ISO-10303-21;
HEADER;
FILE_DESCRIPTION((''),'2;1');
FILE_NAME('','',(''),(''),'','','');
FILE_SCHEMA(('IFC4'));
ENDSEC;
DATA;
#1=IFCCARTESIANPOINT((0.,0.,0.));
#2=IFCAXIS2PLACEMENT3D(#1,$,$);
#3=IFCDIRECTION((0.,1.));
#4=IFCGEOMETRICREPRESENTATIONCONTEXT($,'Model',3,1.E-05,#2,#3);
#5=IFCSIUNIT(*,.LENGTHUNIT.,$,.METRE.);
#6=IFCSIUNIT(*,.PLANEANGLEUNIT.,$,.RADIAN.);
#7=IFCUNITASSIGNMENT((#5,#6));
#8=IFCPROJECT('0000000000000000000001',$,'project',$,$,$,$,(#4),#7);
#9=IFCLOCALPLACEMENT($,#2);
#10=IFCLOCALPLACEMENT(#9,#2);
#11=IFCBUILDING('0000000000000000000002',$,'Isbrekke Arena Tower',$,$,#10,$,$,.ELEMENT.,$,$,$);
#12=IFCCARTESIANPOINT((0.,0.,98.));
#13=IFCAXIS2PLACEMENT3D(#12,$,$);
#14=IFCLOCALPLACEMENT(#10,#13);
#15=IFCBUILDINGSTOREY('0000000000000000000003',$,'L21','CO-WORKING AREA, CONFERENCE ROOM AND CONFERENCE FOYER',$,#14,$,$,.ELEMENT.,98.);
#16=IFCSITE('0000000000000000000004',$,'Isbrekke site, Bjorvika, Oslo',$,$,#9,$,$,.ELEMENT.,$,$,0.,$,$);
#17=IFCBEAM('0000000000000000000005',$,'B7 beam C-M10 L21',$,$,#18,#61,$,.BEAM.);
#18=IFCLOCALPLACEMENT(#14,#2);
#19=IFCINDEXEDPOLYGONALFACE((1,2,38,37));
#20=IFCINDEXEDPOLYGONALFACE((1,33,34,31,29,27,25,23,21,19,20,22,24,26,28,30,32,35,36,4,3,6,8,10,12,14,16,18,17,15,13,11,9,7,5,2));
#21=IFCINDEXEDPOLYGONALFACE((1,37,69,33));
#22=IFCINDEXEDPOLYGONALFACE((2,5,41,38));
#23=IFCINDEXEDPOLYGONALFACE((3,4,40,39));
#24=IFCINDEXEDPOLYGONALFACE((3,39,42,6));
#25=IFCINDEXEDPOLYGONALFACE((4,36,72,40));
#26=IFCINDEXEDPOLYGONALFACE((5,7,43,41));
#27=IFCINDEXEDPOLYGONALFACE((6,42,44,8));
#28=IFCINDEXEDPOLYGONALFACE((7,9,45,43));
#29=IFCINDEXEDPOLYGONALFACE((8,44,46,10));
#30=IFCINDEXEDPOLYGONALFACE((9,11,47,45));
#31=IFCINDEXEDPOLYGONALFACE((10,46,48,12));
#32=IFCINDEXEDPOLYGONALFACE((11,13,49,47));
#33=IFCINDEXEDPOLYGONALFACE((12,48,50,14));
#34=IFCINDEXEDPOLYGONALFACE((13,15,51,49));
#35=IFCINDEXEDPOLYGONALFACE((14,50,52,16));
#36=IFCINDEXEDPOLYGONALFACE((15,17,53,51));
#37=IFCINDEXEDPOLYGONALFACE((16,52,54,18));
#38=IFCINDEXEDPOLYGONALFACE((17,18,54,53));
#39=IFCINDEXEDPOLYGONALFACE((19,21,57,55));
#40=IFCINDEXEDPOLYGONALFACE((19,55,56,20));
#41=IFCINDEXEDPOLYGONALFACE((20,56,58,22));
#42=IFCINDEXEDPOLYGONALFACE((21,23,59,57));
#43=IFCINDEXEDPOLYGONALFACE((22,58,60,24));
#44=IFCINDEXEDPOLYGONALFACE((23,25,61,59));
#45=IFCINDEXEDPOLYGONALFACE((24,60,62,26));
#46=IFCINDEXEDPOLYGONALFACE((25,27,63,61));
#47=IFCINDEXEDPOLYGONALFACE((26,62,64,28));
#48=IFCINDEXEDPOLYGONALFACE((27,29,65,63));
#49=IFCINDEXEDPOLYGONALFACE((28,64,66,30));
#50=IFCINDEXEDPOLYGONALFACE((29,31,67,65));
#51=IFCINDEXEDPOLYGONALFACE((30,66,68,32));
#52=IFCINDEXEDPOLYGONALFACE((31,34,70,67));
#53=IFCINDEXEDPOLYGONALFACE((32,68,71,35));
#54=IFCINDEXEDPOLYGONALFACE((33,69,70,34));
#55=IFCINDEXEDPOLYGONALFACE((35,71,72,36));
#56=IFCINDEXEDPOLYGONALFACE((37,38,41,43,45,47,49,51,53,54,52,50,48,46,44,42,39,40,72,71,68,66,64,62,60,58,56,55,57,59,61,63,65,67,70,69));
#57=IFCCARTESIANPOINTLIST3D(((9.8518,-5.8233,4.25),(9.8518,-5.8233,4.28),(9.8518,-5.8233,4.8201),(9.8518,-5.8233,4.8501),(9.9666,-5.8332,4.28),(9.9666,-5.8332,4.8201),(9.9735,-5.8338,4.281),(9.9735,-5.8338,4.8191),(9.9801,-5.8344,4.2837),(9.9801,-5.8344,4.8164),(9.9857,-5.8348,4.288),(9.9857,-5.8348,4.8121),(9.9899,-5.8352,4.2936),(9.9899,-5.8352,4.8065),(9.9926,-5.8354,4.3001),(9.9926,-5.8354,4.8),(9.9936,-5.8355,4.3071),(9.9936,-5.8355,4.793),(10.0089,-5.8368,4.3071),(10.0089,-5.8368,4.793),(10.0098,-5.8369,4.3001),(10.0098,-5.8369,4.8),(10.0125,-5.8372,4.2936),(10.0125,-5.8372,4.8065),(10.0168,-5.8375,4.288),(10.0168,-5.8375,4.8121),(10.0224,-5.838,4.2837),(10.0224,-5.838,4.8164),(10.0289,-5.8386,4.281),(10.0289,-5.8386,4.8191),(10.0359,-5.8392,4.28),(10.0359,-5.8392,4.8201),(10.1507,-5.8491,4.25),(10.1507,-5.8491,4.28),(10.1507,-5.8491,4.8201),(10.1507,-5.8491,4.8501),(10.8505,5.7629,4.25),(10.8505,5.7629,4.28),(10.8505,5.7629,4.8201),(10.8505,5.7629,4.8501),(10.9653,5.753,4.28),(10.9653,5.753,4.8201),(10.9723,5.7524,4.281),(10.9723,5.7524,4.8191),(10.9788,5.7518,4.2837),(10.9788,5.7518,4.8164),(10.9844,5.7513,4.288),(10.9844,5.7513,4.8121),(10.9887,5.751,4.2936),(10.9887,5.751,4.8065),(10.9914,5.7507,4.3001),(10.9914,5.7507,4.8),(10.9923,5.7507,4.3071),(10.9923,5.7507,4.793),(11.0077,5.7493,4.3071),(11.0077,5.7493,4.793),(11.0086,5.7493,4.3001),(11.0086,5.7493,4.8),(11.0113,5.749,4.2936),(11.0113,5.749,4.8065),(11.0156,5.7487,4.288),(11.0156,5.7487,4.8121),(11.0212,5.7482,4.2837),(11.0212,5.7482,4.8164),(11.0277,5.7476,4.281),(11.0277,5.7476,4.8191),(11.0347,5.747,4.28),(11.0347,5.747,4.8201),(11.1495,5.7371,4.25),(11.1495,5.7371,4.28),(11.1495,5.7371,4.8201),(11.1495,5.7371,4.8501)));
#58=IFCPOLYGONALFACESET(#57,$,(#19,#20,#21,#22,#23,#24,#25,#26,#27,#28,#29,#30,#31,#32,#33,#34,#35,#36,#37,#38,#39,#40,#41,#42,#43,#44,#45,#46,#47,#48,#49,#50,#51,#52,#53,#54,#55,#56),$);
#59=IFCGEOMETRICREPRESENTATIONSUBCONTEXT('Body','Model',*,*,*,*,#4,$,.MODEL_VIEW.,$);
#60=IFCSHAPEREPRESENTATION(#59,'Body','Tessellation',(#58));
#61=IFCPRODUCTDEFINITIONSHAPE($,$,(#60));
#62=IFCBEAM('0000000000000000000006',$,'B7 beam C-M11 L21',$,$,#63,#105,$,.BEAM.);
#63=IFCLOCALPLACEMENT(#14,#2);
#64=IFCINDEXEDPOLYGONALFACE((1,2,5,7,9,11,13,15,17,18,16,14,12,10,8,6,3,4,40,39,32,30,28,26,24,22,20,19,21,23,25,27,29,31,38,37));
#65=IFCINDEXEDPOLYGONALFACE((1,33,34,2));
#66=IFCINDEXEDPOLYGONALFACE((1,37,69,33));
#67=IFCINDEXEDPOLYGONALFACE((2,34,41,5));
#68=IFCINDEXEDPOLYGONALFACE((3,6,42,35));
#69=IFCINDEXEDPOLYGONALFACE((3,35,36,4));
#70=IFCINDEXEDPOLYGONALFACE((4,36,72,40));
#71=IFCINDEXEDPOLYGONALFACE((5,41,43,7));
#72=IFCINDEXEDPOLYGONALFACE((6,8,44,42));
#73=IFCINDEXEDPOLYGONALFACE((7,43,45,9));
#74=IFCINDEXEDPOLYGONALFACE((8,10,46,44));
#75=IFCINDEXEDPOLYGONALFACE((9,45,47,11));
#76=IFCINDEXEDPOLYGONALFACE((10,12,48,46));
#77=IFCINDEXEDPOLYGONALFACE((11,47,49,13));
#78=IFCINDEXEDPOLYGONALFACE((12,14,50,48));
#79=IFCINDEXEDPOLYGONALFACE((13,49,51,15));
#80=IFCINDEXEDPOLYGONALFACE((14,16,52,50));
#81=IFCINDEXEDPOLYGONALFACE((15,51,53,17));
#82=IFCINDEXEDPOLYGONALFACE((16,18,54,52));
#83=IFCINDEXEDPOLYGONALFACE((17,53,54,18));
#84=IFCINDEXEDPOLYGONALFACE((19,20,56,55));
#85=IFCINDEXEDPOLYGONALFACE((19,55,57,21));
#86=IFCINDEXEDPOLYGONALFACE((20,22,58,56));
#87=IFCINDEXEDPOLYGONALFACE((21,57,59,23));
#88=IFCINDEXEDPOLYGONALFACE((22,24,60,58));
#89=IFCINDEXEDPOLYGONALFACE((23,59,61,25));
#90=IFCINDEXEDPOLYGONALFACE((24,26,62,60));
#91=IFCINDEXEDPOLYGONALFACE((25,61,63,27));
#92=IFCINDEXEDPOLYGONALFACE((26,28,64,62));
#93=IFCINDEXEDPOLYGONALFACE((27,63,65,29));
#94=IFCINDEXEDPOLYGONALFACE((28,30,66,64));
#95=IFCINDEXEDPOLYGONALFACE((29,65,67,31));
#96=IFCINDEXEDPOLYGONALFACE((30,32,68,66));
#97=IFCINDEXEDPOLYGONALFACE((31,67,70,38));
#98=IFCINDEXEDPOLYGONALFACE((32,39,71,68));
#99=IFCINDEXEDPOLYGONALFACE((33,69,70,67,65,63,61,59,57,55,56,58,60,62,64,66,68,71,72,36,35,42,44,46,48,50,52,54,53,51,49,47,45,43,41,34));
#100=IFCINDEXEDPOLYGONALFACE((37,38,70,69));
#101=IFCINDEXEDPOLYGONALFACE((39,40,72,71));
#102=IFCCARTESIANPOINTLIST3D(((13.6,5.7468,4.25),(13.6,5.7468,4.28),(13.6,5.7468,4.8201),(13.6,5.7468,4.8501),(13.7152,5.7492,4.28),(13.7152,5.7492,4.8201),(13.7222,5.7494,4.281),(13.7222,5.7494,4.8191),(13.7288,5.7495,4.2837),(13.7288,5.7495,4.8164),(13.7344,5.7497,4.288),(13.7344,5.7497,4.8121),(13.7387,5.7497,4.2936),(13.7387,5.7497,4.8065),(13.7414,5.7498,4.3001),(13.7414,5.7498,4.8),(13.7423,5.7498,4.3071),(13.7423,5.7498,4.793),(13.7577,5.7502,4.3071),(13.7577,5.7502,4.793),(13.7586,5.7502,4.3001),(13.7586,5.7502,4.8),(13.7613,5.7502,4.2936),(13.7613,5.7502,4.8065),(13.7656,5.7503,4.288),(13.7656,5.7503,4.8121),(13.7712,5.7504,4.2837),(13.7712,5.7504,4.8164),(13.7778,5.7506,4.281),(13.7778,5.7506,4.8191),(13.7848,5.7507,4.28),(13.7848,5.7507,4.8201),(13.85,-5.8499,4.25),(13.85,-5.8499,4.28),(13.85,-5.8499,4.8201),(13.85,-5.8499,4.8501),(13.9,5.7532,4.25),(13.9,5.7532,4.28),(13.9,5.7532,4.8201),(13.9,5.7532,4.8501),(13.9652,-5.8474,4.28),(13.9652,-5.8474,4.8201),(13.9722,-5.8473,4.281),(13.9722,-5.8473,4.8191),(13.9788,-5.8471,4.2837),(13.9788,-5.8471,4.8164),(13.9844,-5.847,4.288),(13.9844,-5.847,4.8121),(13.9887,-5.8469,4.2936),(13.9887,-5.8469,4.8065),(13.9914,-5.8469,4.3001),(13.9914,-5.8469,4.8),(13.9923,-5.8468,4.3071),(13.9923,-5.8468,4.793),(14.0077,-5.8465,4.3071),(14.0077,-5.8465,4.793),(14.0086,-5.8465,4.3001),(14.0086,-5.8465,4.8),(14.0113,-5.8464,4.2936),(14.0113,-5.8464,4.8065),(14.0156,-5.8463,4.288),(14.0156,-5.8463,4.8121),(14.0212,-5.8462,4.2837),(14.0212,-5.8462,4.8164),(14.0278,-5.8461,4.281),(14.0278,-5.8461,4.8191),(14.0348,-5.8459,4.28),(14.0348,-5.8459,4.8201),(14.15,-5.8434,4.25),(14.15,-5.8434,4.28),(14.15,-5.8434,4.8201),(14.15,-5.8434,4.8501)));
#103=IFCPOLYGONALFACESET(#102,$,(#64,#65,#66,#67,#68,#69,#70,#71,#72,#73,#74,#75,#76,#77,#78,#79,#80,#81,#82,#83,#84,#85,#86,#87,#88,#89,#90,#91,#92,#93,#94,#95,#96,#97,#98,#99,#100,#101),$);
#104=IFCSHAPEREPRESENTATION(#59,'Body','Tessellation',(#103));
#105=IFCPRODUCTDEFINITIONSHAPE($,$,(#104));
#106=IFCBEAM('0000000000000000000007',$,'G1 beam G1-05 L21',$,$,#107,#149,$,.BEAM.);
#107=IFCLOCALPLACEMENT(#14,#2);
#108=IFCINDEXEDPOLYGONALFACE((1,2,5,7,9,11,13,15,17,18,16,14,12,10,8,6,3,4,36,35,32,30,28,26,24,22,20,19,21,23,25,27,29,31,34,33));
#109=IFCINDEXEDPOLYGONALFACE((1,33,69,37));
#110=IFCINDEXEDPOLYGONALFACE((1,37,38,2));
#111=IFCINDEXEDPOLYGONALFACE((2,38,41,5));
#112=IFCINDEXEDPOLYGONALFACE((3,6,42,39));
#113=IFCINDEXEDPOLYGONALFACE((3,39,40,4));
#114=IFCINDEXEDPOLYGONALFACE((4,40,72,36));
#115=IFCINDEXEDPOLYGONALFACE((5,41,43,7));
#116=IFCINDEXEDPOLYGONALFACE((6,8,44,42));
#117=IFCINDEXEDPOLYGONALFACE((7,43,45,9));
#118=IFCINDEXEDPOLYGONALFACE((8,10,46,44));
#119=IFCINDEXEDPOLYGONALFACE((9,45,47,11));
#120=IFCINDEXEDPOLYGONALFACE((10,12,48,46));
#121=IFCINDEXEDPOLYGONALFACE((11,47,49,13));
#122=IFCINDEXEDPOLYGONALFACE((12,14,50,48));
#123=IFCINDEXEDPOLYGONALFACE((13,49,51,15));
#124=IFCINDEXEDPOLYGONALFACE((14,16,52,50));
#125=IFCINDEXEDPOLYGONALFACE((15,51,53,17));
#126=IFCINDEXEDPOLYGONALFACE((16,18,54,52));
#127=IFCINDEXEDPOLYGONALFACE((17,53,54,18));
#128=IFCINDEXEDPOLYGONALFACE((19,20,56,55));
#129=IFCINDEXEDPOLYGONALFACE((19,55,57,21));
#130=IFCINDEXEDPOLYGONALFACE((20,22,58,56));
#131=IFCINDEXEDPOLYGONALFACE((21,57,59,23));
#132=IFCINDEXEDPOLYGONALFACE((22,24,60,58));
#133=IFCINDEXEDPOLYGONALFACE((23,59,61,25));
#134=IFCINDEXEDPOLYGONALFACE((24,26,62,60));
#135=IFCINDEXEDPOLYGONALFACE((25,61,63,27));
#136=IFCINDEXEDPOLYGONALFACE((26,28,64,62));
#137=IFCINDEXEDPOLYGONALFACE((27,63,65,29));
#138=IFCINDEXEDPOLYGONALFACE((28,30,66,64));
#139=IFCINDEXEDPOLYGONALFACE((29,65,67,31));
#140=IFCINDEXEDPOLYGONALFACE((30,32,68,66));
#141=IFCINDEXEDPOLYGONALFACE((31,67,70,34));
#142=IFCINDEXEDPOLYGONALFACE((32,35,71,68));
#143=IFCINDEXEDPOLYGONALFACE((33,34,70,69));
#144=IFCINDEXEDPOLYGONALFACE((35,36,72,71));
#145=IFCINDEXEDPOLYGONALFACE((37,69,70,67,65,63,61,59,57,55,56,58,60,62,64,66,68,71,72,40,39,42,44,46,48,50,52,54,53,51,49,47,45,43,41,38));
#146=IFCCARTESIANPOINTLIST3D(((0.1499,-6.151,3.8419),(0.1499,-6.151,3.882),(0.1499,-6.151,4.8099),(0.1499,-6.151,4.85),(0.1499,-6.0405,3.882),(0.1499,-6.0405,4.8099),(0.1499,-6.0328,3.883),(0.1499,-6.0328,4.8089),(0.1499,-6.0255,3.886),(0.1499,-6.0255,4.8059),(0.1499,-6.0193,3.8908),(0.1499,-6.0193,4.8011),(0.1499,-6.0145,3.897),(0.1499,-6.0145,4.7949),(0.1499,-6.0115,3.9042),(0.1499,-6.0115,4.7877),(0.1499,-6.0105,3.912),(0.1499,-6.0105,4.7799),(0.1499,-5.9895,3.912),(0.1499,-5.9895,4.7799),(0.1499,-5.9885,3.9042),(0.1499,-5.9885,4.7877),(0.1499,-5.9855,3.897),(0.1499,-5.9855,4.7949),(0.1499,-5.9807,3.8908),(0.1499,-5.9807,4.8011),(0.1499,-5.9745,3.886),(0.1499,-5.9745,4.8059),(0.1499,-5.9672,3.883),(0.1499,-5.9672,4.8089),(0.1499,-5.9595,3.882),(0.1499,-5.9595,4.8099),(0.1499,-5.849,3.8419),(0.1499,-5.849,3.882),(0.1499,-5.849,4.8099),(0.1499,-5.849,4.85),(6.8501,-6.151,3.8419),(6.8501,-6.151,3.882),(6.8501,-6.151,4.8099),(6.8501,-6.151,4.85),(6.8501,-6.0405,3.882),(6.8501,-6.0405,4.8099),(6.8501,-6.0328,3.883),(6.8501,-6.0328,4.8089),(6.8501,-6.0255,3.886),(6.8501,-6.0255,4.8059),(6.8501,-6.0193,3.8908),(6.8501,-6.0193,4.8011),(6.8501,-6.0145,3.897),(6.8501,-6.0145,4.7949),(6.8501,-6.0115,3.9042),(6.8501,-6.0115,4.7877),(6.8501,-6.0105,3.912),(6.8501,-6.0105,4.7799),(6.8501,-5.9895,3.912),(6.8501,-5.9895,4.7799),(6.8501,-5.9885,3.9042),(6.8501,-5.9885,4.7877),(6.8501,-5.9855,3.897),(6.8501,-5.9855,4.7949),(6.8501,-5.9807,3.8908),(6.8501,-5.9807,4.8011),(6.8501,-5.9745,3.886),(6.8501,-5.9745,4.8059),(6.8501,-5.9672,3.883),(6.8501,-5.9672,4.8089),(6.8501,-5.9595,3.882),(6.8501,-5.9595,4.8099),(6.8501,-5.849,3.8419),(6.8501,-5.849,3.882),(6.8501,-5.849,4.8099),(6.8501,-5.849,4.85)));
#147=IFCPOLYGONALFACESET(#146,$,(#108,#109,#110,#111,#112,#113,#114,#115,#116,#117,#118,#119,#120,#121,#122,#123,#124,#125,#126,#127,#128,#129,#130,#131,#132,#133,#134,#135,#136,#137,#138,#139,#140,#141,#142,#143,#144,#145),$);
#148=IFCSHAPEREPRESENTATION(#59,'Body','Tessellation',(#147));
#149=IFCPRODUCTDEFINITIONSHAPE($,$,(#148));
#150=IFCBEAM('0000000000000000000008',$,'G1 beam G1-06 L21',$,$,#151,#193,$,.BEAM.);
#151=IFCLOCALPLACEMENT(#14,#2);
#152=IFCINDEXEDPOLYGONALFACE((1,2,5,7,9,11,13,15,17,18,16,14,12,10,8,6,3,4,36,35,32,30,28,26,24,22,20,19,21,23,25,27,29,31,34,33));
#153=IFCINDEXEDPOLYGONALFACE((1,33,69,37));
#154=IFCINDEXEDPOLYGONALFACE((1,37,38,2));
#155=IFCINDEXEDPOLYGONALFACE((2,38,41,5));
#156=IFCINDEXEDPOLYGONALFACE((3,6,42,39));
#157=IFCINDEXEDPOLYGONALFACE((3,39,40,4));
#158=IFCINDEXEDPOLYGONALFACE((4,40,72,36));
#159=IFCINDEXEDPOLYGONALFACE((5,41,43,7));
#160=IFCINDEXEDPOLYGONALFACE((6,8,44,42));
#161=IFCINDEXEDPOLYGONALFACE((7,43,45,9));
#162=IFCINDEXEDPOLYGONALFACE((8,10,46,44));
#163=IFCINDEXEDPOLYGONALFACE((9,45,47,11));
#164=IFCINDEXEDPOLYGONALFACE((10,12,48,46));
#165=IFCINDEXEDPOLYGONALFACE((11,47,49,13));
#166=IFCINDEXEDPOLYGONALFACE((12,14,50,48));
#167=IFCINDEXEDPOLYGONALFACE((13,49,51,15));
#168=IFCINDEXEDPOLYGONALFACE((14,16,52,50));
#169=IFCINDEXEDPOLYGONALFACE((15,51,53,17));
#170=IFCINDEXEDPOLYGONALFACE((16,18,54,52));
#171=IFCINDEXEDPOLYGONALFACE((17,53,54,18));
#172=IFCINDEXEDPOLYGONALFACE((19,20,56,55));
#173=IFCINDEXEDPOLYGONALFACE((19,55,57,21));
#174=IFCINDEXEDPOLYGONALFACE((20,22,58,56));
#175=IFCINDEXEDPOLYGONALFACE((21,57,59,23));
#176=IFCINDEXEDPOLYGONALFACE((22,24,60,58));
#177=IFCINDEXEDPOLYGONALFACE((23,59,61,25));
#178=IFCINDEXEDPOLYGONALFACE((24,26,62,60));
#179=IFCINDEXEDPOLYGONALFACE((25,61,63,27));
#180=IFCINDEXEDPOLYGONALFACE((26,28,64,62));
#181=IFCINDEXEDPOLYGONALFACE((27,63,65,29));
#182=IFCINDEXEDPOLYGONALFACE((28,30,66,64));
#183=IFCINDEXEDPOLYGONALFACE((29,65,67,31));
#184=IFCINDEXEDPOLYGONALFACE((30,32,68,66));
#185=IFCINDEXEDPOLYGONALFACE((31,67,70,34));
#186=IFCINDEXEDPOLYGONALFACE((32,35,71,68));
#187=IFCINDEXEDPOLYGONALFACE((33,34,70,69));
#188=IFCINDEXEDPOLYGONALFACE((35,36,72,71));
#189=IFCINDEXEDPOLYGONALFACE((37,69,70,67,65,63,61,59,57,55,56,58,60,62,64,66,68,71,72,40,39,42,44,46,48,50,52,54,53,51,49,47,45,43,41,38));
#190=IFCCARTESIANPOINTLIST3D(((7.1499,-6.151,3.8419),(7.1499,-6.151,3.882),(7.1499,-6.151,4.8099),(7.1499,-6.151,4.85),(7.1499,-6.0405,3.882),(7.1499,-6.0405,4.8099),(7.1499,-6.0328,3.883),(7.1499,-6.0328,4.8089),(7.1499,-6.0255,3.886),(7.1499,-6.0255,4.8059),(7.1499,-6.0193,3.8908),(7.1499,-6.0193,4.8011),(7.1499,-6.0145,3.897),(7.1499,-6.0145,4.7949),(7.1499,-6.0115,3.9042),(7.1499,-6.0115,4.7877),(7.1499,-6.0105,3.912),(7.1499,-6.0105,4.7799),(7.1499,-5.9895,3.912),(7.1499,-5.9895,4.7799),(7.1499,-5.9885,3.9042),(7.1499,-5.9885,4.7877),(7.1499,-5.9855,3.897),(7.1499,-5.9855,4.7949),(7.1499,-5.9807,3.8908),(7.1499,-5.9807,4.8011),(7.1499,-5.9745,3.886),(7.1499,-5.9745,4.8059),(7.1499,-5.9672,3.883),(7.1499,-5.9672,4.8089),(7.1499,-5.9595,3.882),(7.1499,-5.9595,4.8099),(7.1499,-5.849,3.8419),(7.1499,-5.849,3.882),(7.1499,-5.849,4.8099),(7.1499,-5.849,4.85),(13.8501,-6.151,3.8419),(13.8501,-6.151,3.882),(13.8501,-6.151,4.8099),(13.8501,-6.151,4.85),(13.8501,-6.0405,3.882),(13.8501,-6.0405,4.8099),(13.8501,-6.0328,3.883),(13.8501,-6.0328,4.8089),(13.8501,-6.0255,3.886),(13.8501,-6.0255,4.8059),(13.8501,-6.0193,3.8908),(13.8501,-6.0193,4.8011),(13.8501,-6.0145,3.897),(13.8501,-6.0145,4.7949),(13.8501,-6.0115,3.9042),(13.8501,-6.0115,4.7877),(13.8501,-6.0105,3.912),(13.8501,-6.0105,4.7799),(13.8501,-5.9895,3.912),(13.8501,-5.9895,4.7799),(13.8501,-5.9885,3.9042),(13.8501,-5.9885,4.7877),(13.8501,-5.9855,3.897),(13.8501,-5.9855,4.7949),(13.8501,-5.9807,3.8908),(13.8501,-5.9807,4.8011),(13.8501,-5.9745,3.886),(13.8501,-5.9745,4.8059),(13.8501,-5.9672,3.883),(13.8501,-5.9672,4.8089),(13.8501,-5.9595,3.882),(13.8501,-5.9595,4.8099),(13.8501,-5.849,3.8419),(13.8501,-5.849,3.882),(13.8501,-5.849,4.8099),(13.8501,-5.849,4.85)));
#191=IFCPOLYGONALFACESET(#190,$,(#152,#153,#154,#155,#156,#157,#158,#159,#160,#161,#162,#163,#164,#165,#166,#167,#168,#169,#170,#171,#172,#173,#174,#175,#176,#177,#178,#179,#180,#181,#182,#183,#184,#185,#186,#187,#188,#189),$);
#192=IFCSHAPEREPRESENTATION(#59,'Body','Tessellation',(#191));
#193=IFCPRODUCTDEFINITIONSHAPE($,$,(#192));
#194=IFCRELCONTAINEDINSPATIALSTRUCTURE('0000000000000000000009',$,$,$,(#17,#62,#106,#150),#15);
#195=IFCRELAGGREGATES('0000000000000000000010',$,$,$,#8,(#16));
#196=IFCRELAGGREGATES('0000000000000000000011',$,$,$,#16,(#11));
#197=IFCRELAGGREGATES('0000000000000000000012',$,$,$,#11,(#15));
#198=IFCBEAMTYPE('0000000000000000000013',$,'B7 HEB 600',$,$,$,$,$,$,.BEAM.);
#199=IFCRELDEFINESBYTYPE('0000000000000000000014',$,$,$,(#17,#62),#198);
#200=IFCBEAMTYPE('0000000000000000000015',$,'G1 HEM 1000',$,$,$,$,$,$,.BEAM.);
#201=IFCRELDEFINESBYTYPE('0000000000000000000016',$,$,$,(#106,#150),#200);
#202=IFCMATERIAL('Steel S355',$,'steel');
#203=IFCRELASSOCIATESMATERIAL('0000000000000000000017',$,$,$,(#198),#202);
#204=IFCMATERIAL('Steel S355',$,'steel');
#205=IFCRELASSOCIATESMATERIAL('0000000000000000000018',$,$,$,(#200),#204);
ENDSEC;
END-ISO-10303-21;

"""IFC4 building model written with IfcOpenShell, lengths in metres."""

from ifc_helpers import new_model, si_unit, direction, frame, origin, origin_2d, place, context, subcontext, project, spatial, i_section, extrude, material, material_profile, profile_set, type_object, element, save


model = new_model("IFC4")

# Units and contexts
model_context = context("Model", 3, precision=1e-05, world=origin(), true_north=direction((0.0, 1.0)))
body_context = subcontext(model_context, "Body", "Model", "MODEL_VIEW")
ifc_project = project(units=[si_unit("LENGTHUNIT", "METRE"), si_unit("PLANEANGLEUNIT", "RADIAN")], contexts=[model_context])

# Site, building, storey
site_placement = place(None, origin())
site = spatial("IfcSite", under=ifc_project, at=site_placement, Name="Isbrekke site, Bjorvika, Oslo", CompositionType="ELEMENT", RefElevation=0.0)
building_placement = place(site_placement, origin())
building = spatial("IfcBuilding", under=site, at=building_placement, Name="Isbrekke Arena Tower", CompositionType="ELEMENT")
storey_placement = place(building_placement, frame((0.0, 0.0, 98.0)))
storey = spatial("IfcBuildingStorey", under=building, at=storey_placement, Name="L21", Description="CO-WORKING AREA, CONFERENCE ROOM AND CONFERENCE FOYER", CompositionType="ELEMENT", Elevation=98.0)

# Beams
ifc_material_1 = material(Name="Steel S355", Category="steel")
ifc_material_profile_1 = material_profile(ifc_material_1, i_section(OverallWidth=0.3, OverallDepth=0.6001, WebThickness=0.0154, FlangeThickness=0.03, FilletRadius=0.0271, at=origin_2d()), Name="HEB 600")
ifc_profile_set_1 = profile_set([ifc_material_profile_1], Name="Steel S355")
beam_type_1 = type_object("IfcBeamType", Name="B7 HEB 600", PredefinedType="BEAM", material=ifc_profile_set_1)
beam_1_placement = place(storey_placement, frame((10.0012, -5.8362, 4.55), z_axis=(0.085886, 0.996305, 0.0), x_axis=(-0.996305, 0.085886, 0.0)))
element("IfcBeam", 1, at=beam_1_placement, inside=storey, type_object=beam_type_1, Name="B7 beam C-M10 L21", PredefinedType="BEAM", context=body_context, shape_type="SweptSolid", body=[
    extrude(i_section(OverallWidth=0.3, OverallDepth=0.6001, WebThickness=0.0154, FlangeThickness=0.03, FilletRadius=0.0271, at=origin_2d()), origin(), (0.0, 0.0, 1.0), 11.6292),
])
beam_2_placement = place(storey_placement, frame((14.0, -5.8467, 4.55), z_axis=(-0.021553, 0.999768, 0.0), x_axis=(-0.999768, -0.021553, 0.0)))
element("IfcBeam", 2, at=beam_2_placement, inside=storey, type_object=beam_type_1, Name="B7 beam C-M11 L21", PredefinedType="BEAM", context=body_context, shape_type="SweptSolid", body=[
    extrude(i_section(OverallWidth=0.3, OverallDepth=0.6001, WebThickness=0.0154, FlangeThickness=0.03, FilletRadius=0.0271, at=origin_2d()), origin(), (0.0, 0.0, 1.0), 11.5994),
])
ifc_material_2 = material(Name="Steel S355", Category="steel")
ifc_material_profile_2 = material_profile(ifc_material_2, i_section(OverallWidth=0.302, OverallDepth=1.0081, WebThickness=0.021, FlangeThickness=0.04, FilletRadius=0.03, at=origin_2d()), Name="HEM 1000")
ifc_profile_set_2 = profile_set([ifc_material_profile_2], Name="Steel S355")
beam_type_2 = type_object("IfcBeamType", Name="G1 HEM 1000", PredefinedType="BEAM", material=ifc_profile_set_2)
for number, where, z_axis, x_axis, name in (
    (3, (0.1499, -6.0, 4.3459), (1.0, 0.0, 0.0), (0.0, 1.0, 0.0), "G1 beam G1-05 L21"),
    (4, (7.1499, -6.0, 4.3459), (1.0, 0.0, 0.0), (0.0, 1.0, 0.0), "G1 beam G1-06 L21"),
):
    element("IfcBeam", number, at=place(storey_placement, frame(where, z_axis=z_axis, x_axis=x_axis)), inside=storey, type_object=beam_type_2, Name=name, PredefinedType="BEAM", context=body_context, shape_type="SweptSolid", body=[
        extrude(i_section(OverallWidth=0.302, OverallDepth=1.0081, WebThickness=0.021, FlangeThickness=0.04, FilletRadius=0.03, at=origin_2d()), origin(), (0.0, 0.0, 1.0), 6.7002),
    ])

save(model, "model.ifc")
